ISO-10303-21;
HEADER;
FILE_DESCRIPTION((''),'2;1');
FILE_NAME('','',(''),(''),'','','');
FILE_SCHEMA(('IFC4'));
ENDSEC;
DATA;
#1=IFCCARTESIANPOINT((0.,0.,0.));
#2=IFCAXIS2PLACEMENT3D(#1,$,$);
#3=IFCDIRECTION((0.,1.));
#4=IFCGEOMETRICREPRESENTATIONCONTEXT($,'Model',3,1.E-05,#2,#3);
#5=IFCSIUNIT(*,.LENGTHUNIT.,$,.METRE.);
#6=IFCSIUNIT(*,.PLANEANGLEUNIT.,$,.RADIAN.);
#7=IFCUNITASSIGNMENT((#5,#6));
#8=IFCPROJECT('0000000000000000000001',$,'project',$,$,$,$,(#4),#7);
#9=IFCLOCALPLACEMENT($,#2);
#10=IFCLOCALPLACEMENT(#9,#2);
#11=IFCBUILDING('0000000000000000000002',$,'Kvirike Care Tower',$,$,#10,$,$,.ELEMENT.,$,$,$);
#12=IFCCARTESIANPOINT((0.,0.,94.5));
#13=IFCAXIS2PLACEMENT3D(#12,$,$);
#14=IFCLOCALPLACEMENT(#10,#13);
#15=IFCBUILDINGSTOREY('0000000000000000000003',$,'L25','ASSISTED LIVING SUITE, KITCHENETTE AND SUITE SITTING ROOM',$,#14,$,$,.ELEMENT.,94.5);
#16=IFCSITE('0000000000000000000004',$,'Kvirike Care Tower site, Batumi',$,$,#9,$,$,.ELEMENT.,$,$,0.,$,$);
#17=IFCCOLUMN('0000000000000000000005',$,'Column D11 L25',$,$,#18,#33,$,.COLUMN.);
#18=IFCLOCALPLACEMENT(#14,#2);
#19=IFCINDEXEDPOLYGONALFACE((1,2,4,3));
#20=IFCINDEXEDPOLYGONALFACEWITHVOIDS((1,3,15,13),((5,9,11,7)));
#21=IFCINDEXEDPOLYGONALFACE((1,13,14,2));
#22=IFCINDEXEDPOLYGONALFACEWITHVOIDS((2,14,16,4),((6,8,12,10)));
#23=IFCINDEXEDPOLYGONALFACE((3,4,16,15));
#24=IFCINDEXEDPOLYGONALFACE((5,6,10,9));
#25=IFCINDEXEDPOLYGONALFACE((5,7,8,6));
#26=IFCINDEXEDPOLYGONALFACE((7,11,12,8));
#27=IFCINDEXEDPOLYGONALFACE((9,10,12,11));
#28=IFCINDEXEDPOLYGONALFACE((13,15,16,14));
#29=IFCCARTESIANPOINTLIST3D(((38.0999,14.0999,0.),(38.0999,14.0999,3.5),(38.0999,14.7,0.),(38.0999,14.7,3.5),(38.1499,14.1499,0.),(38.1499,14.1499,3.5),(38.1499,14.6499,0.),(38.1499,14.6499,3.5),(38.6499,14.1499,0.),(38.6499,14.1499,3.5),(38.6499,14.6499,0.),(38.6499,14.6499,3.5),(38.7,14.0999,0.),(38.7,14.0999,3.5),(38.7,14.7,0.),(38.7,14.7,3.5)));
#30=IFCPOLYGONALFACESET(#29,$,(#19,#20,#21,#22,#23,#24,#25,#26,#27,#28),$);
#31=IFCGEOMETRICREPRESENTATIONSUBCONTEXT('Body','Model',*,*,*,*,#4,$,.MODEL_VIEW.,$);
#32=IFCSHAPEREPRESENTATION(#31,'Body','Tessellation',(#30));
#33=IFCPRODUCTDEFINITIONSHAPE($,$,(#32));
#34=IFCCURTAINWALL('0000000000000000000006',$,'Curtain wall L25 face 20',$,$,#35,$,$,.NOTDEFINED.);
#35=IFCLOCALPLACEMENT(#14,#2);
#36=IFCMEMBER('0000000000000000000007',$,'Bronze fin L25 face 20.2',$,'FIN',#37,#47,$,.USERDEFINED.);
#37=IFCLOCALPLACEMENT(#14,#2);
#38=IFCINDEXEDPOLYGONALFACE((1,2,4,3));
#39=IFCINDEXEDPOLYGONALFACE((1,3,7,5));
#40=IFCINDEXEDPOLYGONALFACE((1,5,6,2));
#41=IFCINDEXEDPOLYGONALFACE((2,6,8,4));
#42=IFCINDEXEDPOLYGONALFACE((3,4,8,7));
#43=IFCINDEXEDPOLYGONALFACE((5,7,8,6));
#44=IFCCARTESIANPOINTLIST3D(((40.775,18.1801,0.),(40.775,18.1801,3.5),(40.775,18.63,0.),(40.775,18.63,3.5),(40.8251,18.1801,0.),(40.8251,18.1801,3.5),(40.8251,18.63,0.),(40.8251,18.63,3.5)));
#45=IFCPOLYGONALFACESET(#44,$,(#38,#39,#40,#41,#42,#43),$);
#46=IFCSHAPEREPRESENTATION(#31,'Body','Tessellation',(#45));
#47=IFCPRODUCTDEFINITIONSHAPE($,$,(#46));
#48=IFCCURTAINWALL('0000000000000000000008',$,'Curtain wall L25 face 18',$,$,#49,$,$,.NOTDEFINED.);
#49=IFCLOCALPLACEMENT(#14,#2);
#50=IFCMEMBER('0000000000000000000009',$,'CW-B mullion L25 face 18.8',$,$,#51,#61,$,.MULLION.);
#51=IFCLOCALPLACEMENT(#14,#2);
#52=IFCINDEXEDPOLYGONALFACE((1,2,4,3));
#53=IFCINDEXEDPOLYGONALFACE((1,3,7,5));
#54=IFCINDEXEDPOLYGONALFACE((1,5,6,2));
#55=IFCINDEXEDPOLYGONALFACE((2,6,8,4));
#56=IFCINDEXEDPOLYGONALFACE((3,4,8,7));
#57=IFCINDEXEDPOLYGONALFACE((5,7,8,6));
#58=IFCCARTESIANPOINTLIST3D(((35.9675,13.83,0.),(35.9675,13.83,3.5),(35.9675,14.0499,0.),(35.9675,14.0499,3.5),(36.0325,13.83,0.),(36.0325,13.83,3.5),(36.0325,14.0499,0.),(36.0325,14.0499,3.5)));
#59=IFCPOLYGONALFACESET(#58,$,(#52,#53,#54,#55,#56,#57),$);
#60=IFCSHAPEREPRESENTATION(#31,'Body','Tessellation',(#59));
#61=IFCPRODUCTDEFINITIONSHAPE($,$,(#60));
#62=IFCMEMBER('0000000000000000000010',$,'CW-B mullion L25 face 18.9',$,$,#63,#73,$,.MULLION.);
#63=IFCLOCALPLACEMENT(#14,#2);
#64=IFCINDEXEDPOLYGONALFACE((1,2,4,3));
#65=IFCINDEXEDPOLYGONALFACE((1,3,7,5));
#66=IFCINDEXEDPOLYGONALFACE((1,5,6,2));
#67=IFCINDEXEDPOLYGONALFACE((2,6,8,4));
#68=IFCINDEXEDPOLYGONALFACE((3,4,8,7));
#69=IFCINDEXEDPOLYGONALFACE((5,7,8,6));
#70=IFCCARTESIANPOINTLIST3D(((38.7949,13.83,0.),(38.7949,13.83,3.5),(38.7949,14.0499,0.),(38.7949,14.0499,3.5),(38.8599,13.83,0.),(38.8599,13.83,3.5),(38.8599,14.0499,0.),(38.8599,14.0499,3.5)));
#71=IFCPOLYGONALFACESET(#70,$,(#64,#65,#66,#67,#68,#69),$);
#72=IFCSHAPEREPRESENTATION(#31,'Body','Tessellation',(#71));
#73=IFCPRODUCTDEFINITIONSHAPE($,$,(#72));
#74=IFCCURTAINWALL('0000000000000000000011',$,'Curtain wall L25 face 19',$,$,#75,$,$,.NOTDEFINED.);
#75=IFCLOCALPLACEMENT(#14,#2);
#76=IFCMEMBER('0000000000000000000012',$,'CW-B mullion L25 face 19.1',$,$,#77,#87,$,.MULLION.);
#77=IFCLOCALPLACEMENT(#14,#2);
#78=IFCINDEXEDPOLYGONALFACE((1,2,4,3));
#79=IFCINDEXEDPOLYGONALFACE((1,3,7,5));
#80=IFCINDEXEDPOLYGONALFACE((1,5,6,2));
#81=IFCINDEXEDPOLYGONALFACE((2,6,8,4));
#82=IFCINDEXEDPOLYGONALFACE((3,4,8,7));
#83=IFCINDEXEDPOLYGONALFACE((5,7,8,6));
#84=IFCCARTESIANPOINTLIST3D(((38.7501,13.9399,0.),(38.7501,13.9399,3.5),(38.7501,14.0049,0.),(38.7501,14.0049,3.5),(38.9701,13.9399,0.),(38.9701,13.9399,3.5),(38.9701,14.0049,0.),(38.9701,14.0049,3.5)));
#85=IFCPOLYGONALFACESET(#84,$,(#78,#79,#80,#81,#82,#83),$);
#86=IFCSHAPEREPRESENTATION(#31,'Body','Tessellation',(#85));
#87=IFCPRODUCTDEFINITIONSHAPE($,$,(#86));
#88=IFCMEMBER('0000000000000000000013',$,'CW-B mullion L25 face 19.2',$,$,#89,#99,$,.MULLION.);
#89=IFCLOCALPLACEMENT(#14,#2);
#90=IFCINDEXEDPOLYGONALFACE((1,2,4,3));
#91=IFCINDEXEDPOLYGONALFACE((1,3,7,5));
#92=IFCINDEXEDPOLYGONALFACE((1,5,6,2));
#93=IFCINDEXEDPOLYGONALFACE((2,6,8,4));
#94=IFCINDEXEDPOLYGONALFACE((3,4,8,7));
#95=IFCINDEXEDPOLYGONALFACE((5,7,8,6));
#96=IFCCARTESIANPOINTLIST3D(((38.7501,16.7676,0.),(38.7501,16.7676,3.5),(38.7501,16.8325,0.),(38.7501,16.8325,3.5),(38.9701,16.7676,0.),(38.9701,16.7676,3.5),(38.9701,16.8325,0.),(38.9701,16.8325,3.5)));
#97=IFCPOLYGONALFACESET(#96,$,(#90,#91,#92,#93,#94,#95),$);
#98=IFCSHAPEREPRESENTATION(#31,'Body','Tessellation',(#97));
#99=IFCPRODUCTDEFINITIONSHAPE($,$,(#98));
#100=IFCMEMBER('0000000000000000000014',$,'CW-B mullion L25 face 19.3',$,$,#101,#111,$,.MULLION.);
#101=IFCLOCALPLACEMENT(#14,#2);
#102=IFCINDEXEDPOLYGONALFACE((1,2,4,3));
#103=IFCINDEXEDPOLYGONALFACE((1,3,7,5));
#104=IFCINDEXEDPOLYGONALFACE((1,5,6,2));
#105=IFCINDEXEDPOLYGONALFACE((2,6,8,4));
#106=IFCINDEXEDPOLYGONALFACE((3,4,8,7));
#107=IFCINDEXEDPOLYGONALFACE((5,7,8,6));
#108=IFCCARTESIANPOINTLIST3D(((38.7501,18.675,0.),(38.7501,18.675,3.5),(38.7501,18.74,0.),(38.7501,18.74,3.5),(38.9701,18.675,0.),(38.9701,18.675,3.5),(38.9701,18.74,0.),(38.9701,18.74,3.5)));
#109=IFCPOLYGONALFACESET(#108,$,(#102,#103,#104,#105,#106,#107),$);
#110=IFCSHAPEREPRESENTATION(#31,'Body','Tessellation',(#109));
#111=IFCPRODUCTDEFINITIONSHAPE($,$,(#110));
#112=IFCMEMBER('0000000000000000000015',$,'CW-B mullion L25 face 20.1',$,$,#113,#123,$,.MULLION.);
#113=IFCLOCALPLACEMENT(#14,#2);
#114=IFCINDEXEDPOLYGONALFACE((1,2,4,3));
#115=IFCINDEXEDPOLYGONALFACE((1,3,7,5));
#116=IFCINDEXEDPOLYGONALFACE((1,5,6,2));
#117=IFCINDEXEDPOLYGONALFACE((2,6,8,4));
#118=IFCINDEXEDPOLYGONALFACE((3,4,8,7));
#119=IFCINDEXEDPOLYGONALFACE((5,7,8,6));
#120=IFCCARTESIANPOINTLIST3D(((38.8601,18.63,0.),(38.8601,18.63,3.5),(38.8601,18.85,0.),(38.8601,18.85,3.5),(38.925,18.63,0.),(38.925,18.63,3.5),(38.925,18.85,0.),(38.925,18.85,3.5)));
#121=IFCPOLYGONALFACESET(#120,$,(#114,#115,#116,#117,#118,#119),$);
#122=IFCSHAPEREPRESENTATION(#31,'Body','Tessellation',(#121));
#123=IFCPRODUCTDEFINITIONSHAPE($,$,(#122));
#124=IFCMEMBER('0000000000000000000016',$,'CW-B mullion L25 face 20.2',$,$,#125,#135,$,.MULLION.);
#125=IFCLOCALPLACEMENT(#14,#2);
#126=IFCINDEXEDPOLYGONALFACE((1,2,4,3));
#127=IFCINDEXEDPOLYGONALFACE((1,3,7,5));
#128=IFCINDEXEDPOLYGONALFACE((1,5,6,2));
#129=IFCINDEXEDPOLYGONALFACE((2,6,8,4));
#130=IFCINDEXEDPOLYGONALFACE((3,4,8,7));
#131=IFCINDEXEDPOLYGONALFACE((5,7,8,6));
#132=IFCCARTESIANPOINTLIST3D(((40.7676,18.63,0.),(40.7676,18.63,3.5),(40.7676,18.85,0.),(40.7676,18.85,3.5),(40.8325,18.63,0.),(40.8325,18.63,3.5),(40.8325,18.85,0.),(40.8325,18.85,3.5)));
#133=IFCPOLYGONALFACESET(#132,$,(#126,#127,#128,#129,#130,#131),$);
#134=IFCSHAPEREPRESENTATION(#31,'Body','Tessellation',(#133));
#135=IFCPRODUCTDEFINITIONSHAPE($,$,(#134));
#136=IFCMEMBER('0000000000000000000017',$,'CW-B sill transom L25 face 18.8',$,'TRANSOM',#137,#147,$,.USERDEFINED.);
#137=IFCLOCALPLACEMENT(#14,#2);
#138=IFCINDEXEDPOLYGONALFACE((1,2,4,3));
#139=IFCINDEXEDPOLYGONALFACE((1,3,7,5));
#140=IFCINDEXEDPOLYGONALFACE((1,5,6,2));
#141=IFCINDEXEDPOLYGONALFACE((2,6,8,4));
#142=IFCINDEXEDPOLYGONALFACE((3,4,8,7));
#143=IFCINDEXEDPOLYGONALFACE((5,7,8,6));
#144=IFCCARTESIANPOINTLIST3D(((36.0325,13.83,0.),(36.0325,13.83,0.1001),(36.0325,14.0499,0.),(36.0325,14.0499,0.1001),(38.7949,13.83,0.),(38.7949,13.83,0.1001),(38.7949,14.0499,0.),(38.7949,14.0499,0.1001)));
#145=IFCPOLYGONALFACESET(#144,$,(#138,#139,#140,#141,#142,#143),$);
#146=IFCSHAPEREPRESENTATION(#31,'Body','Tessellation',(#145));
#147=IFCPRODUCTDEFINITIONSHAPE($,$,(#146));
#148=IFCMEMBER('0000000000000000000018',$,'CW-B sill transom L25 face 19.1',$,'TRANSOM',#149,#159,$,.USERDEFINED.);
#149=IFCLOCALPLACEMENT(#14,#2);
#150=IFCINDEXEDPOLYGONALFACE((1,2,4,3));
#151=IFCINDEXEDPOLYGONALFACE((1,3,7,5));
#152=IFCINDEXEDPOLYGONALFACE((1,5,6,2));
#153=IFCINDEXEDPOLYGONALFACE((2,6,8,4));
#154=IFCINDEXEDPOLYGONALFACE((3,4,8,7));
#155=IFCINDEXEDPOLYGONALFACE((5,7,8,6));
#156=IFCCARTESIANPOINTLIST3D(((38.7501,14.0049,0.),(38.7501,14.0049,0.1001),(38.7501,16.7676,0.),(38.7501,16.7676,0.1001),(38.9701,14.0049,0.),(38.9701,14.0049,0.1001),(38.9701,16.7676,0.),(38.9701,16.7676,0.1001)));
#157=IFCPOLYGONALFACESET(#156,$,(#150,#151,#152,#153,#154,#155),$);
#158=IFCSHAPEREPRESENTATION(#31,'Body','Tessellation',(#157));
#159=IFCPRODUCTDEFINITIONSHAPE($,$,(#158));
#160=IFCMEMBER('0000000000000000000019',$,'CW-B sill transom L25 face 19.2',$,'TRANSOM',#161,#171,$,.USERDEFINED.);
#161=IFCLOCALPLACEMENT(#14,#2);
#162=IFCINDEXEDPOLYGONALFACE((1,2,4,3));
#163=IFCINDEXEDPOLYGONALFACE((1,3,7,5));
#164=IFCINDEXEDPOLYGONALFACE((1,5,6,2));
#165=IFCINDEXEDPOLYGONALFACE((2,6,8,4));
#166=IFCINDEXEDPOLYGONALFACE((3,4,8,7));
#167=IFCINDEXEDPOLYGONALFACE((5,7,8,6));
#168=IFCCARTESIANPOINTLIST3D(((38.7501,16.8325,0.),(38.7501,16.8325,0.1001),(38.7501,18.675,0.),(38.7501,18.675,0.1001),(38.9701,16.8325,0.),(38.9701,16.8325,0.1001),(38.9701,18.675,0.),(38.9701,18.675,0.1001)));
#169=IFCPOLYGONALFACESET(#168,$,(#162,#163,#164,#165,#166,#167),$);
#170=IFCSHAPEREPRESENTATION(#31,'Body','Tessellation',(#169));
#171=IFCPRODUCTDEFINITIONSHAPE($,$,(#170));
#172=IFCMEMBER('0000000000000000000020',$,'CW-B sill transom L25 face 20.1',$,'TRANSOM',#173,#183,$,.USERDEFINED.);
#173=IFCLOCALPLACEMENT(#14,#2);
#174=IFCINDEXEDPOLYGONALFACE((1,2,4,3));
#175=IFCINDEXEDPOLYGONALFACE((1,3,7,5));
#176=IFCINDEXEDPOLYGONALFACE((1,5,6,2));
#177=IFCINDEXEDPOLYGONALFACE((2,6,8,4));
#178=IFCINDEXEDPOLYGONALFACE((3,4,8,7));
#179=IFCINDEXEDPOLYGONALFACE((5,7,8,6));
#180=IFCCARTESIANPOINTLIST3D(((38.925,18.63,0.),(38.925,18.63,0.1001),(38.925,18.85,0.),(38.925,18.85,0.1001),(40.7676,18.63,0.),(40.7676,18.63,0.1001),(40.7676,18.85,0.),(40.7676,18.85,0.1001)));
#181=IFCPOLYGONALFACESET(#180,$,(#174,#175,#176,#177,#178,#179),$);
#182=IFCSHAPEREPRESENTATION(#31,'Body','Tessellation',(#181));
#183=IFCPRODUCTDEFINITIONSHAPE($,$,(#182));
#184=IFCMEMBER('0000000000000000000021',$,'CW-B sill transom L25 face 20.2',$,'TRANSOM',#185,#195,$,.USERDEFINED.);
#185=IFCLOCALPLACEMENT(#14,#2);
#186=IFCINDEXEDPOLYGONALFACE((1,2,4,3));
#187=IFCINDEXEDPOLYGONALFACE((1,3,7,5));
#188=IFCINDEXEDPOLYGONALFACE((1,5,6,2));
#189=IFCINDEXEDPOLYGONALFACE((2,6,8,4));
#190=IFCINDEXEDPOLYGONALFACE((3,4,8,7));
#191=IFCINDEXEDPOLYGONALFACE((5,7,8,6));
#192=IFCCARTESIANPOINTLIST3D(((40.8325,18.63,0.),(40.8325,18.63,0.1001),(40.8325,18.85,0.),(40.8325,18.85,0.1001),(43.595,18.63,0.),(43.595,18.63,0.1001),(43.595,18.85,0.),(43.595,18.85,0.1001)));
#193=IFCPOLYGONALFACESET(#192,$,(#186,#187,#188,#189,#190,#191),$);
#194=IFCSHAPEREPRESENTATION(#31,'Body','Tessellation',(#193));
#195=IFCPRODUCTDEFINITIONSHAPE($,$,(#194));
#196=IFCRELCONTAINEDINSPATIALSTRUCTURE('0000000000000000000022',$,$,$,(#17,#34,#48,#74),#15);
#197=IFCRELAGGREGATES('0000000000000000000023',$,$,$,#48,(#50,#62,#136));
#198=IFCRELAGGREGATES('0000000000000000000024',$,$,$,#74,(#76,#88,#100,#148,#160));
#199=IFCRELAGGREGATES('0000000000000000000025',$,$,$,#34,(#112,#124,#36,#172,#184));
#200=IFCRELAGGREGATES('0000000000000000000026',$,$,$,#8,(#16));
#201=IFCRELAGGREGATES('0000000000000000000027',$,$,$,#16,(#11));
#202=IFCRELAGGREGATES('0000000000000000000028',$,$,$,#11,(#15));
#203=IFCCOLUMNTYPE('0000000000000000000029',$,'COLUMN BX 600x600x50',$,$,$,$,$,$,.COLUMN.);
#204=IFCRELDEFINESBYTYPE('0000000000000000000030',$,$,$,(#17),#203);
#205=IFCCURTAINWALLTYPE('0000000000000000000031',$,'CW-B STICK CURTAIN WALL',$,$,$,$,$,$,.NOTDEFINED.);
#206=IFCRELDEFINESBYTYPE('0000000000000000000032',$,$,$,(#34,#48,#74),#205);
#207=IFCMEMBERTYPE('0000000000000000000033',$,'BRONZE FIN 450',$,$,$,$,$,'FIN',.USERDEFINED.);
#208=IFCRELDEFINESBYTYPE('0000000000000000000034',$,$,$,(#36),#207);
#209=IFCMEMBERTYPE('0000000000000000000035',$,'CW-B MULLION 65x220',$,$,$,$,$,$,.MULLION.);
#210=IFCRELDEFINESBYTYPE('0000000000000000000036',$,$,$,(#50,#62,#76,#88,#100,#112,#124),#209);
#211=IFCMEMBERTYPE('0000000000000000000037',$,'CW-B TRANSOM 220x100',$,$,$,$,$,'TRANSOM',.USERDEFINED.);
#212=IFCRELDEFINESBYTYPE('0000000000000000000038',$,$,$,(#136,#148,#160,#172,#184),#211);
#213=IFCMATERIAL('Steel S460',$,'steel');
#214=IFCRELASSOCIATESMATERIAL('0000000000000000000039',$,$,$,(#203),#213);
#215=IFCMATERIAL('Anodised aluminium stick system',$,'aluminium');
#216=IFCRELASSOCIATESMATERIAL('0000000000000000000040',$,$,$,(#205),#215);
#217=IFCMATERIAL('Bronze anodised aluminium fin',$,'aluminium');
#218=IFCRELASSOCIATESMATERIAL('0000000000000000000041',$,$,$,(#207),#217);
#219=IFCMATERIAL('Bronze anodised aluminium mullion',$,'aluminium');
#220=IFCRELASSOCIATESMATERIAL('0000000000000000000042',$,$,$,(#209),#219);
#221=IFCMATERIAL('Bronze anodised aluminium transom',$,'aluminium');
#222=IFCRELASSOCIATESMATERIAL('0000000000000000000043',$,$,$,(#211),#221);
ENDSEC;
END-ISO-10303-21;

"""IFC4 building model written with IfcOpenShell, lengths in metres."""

from ifc_helpers import new_model, si_unit, direction, frame, origin, origin_2d, place, context, subcontext, project, spatial, rectangle, hollow_rectangle, extrude, material, material_profile, profile_set, type_object, element, aggregate, save


model = new_model("IFC4")

# Units and contexts
model_context = context("Model", 3, precision=1e-05, world=origin(), true_north=direction((0.0, 1.0)))
body_context = subcontext(model_context, "Body", "Model", "MODEL_VIEW")
ifc_project = project(units=[si_unit("LENGTHUNIT", "METRE"), si_unit("PLANEANGLEUNIT", "RADIAN")], contexts=[model_context])

# Site, building, storey
site_placement = place(None, origin())
site = spatial("IfcSite", under=ifc_project, at=site_placement, Name="Kvirike Care Tower site, Batumi", CompositionType="ELEMENT", RefElevation=0.0)
building_placement = place(site_placement, origin())
building = spatial("IfcBuilding", under=site, at=building_placement, Name="Kvirike Care Tower", CompositionType="ELEMENT")
storey_placement = place(building_placement, frame((0.0, 0.0, 94.5)))
storey = spatial("IfcBuildingStorey", under=building, at=storey_placement, Name="L25", Description="ASSISTED LIVING SUITE, KITCHENETTE AND SUITE SITTING ROOM", CompositionType="ELEMENT", Elevation=94.5)

# Column
ifc_material_1 = material(Name="Steel S460", Category="steel")
ifc_material_profile_1 = material_profile(ifc_material_1, hollow_rectangle(XDim=0.6001, YDim=0.6001, WallThickness=0.05, at=origin_2d()), Name="BX 600x600x50")
ifc_profile_set_1 = profile_set([ifc_material_profile_1], Name="Steel S460")
column_type = type_object("IfcColumnType", Name="COLUMN BX 600x600x50", PredefinedType="COLUMN", material=ifc_profile_set_1)
column_placement = place(storey_placement, frame((38.3999, 14.3999, 0.0), z_axis=(0.0, 0.0, 1.0), x_axis=(0.0, 1.0, 0.0)))
element("IfcColumn", 1, at=column_placement, inside=storey, type_object=column_type, Name="Column D11 L25", PredefinedType="COLUMN", context=body_context, shape_type="SweptSolid", body=[
    extrude(hollow_rectangle(XDim=0.6001, YDim=0.6001, WallThickness=0.05, at=origin_2d()), origin(), (0.0, 0.0, 1.0), 3.5),
])

# Curtain wall, member
ifc_material_2 = material(Name="Anodised aluminium stick system", Category="aluminium")
curtain_wall_type = type_object("IfcCurtainWallType", Name="CW-B STICK CURTAIN WALL", PredefinedType="NOTDEFINED", material=ifc_material_2)
curtain_wall_1_placement = place(storey_placement, origin())
curtain_wall_1 = element("IfcCurtainWall", 2, at=curtain_wall_1_placement, inside=storey, type_object=curtain_wall_type, Name="Curtain wall L25 face 20", PredefinedType="NOTDEFINED")
ifc_material_3 = material(Name="Bronze anodised aluminium fin", Category="aluminium")
ifc_material_profile_2 = material_profile(ifc_material_3, rectangle(XDim=0.05, YDim=0.45, at=origin_2d()), Name="BRONZE FIN 450")
ifc_profile_set_2 = profile_set([ifc_material_profile_2], Name="Bronze anodised aluminium fin")
member_type_1 = type_object("IfcMemberType", Name="BRONZE FIN 450", ElementType="FIN", PredefinedType="USERDEFINED", material=ifc_profile_set_2)
member_1_placement = place(storey_placement, frame((40.8, 18.405, 0.0), z_axis=(0.0, 0.0, 1.0), x_axis=(1.0, 0.0, 0.0)))
member_1 = element("IfcMember", 3, at=member_1_placement, type_object=member_type_1, Name="Bronze fin L25 face 20.2", ObjectType="FIN", PredefinedType="USERDEFINED", context=body_context, shape_type="SweptSolid", body=[
    extrude(rectangle(XDim=0.05, YDim=0.45, at=origin_2d()), origin(), (0.0, 0.0, 1.0), 3.5),
])

# Curtain walls, members
curtain_wall_2_placement = place(storey_placement, origin())
curtain_wall_2 = element("IfcCurtainWall", 4, at=curtain_wall_2_placement, inside=storey, type_object=curtain_wall_type, Name="Curtain wall L25 face 18", PredefinedType="NOTDEFINED")
ifc_material_4 = material(Name="Bronze anodised aluminium mullion", Category="aluminium")
ifc_material_profile_3 = material_profile(ifc_material_4, rectangle(XDim=0.0649, YDim=0.22, at=origin_2d()), Name="CW-B MULLION 65x220")
ifc_profile_set_3 = profile_set([ifc_material_profile_3], Name="Bronze anodised aluminium mullion")
member_type_2 = type_object("IfcMemberType", Name="CW-B MULLION 65x220", PredefinedType="MULLION", material=ifc_profile_set_3)
member_2_placement = place(storey_placement, frame((36.0, 13.9399, 0.0), z_axis=(0.0, 0.0, 1.0), x_axis=(1.0, 0.0, 0.0)))
member_2 = element("IfcMember", 5, at=member_2_placement, type_object=member_type_2, Name="CW-B mullion L25 face 18.8", PredefinedType="MULLION", context=body_context, shape_type="SweptSolid", body=[
    extrude(rectangle(XDim=0.0649, YDim=0.22, at=origin_2d()), origin(), (0.0, 0.0, 1.0), 3.5),
])
member_3_placement = place(storey_placement, frame((38.8274, 13.9399, 0.0), z_axis=(0.0, 0.0, 1.0), x_axis=(1.0, 0.0, 0.0)))
member_3 = element("IfcMember", 6, at=member_3_placement, type_object=member_type_2, Name="CW-B mullion L25 face 18.9", PredefinedType="MULLION", context=body_context, shape_type="SweptSolid", body=[
    extrude(rectangle(XDim=0.0649, YDim=0.22, at=origin_2d()), origin(), (0.0, 0.0, 1.0), 3.5),
])
curtain_wall_3_placement = place(storey_placement, origin())
curtain_wall_3 = element("IfcCurtainWall", 7, at=curtain_wall_3_placement, inside=storey, type_object=curtain_wall_type, Name="Curtain wall L25 face 19", PredefinedType="NOTDEFINED")
member_4_placement = place(storey_placement, frame((38.8601, 13.9724, 0.0), z_axis=(0.0, 0.0, 1.0), x_axis=(0.0, 1.0, 0.0)))
member_4 = element("IfcMember", 8, at=member_4_placement, type_object=member_type_2, Name="CW-B mullion L25 face 19.1", PredefinedType="MULLION", context=body_context, shape_type="SweptSolid", body=[
    extrude(rectangle(XDim=0.0649, YDim=0.22, at=origin_2d()), origin(), (0.0, 0.0, 1.0), 3.5),
])
member_5_placement = place(storey_placement, frame((38.8601, 16.8, 0.0), z_axis=(0.0, 0.0, 1.0), x_axis=(0.0, 1.0, 0.0)))
member_5 = element("IfcMember", 9, at=member_5_placement, type_object=member_type_2, Name="CW-B mullion L25 face 19.2", PredefinedType="MULLION", context=body_context, shape_type="SweptSolid", body=[
    extrude(rectangle(XDim=0.0649, YDim=0.22, at=origin_2d()), origin(), (0.0, 0.0, 1.0), 3.5),
])
member_6_placement = place(storey_placement, frame((38.8601, 18.7075, 0.0), z_axis=(0.0, 0.0, 1.0), x_axis=(0.0, 1.0, 0.0)))
member_6 = element("IfcMember", 10, at=member_6_placement, type_object=member_type_2, Name="CW-B mullion L25 face 19.3", PredefinedType="MULLION", context=body_context, shape_type="SweptSolid", body=[
    extrude(rectangle(XDim=0.0649, YDim=0.22, at=origin_2d()), origin(), (0.0, 0.0, 1.0), 3.5),
])

# Members
member_7_placement = place(storey_placement, frame((38.8926, 18.74, 0.0), z_axis=(0.0, 0.0, 1.0), x_axis=(1.0, 0.0, 0.0)))
member_7 = element("IfcMember", 11, at=member_7_placement, type_object=member_type_2, Name="CW-B mullion L25 face 20.1", PredefinedType="MULLION", context=body_context, shape_type="SweptSolid", body=[
    extrude(rectangle(XDim=0.0649, YDim=0.22, at=origin_2d()), origin(), (0.0, 0.0, 1.0), 3.5),
])
member_8_placement = place(storey_placement, frame((40.8, 18.74, 0.0), z_axis=(0.0, 0.0, 1.0), x_axis=(1.0, 0.0, 0.0)))
member_8 = element("IfcMember", 12, at=member_8_placement, type_object=member_type_2, Name="CW-B mullion L25 face 20.2", PredefinedType="MULLION", context=body_context, shape_type="SweptSolid", body=[
    extrude(rectangle(XDim=0.0649, YDim=0.22, at=origin_2d()), origin(), (0.0, 0.0, 1.0), 3.5),
])
ifc_material_5 = material(Name="Bronze anodised aluminium transom", Category="aluminium")
ifc_material_profile_4 = material_profile(ifc_material_5, rectangle(XDim=0.22, YDim=0.1001, at=origin_2d()), Name="CW-B TRANSOM 220x100")
ifc_profile_set_4 = profile_set([ifc_material_profile_4], Name="Bronze anodised aluminium transom")
member_type_3 = type_object("IfcMemberType", Name="CW-B TRANSOM 220x100", ElementType="TRANSOM", PredefinedType="USERDEFINED", material=ifc_profile_set_4)
member_9_placement = place(storey_placement, frame((36.0325, 13.9399, 0.05), z_axis=(1.0, 0.0, 0.0), x_axis=(0.0, 1.0, 0.0)))
member_9 = element("IfcMember", 13, at=member_9_placement, type_object=member_type_3, Name="CW-B sill transom L25 face 18.8", ObjectType="TRANSOM", PredefinedType="USERDEFINED", context=body_context, shape_type="SweptSolid", body=[
    extrude(rectangle(XDim=0.22, YDim=0.1001, at=origin_2d()), origin(), (0.0, 0.0, 1.0), 2.7625),
])
member_10_placement = place(storey_placement, frame((38.8601, 14.0049, 0.05), z_axis=(0.0, 1.0, 0.0), x_axis=(-1.0, 0.0, 0.0)))
member_10 = element("IfcMember", 14, at=member_10_placement, type_object=member_type_3, Name="CW-B sill transom L25 face 19.1", ObjectType="TRANSOM", PredefinedType="USERDEFINED", context=body_context, shape_type="SweptSolid", body=[
    extrude(rectangle(XDim=0.22, YDim=0.1001, at=origin_2d()), origin(), (0.0, 0.0, 1.0), 2.7627),
])
member_11_placement = place(storey_placement, frame((38.8601, 16.8325, 0.05), z_axis=(0.0, 1.0, 0.0), x_axis=(-1.0, 0.0, 0.0)))
member_11 = element("IfcMember", 15, at=member_11_placement, type_object=member_type_3, Name="CW-B sill transom L25 face 19.2", ObjectType="TRANSOM", PredefinedType="USERDEFINED", context=body_context, shape_type="SweptSolid", body=[
    extrude(rectangle(XDim=0.22, YDim=0.1001, at=origin_2d()), origin(), (0.0, 0.0, 1.0), 1.8425),
])
member_12_placement = place(storey_placement, frame((38.925, 18.74, 0.05), z_axis=(1.0, 0.0, 0.0), x_axis=(0.0, 1.0, 0.0)))
member_12 = element("IfcMember", 16, at=member_12_placement, type_object=member_type_3, Name="CW-B sill transom L25 face 20.1", ObjectType="TRANSOM", PredefinedType="USERDEFINED", context=body_context, shape_type="SweptSolid", body=[
    extrude(rectangle(XDim=0.22, YDim=0.1001, at=origin_2d()), origin(), (0.0, 0.0, 1.0), 1.8425),
])
member_13_placement = place(storey_placement, frame((40.8325, 18.74, 0.05), z_axis=(1.0, 0.0, 0.0), x_axis=(0.0, 1.0, 0.0)))
member_13 = element("IfcMember", 17, at=member_13_placement, type_object=member_type_3, Name="CW-B sill transom L25 face 20.2", ObjectType="TRANSOM", PredefinedType="USERDEFINED", context=body_context, shape_type="SweptSolid", body=[
    extrude(rectangle(XDim=0.22, YDim=0.1001, at=origin_2d()), origin(), (0.0, 0.0, 1.0), 2.7625),
])

aggregate(curtain_wall_2, [member_2, member_3, member_9])
aggregate(curtain_wall_3, [member_4, member_5, member_6, member_10, member_11])
aggregate(curtain_wall_1, [member_7, member_8, member_1, member_12, member_13])

save(model, "model.ifc")
